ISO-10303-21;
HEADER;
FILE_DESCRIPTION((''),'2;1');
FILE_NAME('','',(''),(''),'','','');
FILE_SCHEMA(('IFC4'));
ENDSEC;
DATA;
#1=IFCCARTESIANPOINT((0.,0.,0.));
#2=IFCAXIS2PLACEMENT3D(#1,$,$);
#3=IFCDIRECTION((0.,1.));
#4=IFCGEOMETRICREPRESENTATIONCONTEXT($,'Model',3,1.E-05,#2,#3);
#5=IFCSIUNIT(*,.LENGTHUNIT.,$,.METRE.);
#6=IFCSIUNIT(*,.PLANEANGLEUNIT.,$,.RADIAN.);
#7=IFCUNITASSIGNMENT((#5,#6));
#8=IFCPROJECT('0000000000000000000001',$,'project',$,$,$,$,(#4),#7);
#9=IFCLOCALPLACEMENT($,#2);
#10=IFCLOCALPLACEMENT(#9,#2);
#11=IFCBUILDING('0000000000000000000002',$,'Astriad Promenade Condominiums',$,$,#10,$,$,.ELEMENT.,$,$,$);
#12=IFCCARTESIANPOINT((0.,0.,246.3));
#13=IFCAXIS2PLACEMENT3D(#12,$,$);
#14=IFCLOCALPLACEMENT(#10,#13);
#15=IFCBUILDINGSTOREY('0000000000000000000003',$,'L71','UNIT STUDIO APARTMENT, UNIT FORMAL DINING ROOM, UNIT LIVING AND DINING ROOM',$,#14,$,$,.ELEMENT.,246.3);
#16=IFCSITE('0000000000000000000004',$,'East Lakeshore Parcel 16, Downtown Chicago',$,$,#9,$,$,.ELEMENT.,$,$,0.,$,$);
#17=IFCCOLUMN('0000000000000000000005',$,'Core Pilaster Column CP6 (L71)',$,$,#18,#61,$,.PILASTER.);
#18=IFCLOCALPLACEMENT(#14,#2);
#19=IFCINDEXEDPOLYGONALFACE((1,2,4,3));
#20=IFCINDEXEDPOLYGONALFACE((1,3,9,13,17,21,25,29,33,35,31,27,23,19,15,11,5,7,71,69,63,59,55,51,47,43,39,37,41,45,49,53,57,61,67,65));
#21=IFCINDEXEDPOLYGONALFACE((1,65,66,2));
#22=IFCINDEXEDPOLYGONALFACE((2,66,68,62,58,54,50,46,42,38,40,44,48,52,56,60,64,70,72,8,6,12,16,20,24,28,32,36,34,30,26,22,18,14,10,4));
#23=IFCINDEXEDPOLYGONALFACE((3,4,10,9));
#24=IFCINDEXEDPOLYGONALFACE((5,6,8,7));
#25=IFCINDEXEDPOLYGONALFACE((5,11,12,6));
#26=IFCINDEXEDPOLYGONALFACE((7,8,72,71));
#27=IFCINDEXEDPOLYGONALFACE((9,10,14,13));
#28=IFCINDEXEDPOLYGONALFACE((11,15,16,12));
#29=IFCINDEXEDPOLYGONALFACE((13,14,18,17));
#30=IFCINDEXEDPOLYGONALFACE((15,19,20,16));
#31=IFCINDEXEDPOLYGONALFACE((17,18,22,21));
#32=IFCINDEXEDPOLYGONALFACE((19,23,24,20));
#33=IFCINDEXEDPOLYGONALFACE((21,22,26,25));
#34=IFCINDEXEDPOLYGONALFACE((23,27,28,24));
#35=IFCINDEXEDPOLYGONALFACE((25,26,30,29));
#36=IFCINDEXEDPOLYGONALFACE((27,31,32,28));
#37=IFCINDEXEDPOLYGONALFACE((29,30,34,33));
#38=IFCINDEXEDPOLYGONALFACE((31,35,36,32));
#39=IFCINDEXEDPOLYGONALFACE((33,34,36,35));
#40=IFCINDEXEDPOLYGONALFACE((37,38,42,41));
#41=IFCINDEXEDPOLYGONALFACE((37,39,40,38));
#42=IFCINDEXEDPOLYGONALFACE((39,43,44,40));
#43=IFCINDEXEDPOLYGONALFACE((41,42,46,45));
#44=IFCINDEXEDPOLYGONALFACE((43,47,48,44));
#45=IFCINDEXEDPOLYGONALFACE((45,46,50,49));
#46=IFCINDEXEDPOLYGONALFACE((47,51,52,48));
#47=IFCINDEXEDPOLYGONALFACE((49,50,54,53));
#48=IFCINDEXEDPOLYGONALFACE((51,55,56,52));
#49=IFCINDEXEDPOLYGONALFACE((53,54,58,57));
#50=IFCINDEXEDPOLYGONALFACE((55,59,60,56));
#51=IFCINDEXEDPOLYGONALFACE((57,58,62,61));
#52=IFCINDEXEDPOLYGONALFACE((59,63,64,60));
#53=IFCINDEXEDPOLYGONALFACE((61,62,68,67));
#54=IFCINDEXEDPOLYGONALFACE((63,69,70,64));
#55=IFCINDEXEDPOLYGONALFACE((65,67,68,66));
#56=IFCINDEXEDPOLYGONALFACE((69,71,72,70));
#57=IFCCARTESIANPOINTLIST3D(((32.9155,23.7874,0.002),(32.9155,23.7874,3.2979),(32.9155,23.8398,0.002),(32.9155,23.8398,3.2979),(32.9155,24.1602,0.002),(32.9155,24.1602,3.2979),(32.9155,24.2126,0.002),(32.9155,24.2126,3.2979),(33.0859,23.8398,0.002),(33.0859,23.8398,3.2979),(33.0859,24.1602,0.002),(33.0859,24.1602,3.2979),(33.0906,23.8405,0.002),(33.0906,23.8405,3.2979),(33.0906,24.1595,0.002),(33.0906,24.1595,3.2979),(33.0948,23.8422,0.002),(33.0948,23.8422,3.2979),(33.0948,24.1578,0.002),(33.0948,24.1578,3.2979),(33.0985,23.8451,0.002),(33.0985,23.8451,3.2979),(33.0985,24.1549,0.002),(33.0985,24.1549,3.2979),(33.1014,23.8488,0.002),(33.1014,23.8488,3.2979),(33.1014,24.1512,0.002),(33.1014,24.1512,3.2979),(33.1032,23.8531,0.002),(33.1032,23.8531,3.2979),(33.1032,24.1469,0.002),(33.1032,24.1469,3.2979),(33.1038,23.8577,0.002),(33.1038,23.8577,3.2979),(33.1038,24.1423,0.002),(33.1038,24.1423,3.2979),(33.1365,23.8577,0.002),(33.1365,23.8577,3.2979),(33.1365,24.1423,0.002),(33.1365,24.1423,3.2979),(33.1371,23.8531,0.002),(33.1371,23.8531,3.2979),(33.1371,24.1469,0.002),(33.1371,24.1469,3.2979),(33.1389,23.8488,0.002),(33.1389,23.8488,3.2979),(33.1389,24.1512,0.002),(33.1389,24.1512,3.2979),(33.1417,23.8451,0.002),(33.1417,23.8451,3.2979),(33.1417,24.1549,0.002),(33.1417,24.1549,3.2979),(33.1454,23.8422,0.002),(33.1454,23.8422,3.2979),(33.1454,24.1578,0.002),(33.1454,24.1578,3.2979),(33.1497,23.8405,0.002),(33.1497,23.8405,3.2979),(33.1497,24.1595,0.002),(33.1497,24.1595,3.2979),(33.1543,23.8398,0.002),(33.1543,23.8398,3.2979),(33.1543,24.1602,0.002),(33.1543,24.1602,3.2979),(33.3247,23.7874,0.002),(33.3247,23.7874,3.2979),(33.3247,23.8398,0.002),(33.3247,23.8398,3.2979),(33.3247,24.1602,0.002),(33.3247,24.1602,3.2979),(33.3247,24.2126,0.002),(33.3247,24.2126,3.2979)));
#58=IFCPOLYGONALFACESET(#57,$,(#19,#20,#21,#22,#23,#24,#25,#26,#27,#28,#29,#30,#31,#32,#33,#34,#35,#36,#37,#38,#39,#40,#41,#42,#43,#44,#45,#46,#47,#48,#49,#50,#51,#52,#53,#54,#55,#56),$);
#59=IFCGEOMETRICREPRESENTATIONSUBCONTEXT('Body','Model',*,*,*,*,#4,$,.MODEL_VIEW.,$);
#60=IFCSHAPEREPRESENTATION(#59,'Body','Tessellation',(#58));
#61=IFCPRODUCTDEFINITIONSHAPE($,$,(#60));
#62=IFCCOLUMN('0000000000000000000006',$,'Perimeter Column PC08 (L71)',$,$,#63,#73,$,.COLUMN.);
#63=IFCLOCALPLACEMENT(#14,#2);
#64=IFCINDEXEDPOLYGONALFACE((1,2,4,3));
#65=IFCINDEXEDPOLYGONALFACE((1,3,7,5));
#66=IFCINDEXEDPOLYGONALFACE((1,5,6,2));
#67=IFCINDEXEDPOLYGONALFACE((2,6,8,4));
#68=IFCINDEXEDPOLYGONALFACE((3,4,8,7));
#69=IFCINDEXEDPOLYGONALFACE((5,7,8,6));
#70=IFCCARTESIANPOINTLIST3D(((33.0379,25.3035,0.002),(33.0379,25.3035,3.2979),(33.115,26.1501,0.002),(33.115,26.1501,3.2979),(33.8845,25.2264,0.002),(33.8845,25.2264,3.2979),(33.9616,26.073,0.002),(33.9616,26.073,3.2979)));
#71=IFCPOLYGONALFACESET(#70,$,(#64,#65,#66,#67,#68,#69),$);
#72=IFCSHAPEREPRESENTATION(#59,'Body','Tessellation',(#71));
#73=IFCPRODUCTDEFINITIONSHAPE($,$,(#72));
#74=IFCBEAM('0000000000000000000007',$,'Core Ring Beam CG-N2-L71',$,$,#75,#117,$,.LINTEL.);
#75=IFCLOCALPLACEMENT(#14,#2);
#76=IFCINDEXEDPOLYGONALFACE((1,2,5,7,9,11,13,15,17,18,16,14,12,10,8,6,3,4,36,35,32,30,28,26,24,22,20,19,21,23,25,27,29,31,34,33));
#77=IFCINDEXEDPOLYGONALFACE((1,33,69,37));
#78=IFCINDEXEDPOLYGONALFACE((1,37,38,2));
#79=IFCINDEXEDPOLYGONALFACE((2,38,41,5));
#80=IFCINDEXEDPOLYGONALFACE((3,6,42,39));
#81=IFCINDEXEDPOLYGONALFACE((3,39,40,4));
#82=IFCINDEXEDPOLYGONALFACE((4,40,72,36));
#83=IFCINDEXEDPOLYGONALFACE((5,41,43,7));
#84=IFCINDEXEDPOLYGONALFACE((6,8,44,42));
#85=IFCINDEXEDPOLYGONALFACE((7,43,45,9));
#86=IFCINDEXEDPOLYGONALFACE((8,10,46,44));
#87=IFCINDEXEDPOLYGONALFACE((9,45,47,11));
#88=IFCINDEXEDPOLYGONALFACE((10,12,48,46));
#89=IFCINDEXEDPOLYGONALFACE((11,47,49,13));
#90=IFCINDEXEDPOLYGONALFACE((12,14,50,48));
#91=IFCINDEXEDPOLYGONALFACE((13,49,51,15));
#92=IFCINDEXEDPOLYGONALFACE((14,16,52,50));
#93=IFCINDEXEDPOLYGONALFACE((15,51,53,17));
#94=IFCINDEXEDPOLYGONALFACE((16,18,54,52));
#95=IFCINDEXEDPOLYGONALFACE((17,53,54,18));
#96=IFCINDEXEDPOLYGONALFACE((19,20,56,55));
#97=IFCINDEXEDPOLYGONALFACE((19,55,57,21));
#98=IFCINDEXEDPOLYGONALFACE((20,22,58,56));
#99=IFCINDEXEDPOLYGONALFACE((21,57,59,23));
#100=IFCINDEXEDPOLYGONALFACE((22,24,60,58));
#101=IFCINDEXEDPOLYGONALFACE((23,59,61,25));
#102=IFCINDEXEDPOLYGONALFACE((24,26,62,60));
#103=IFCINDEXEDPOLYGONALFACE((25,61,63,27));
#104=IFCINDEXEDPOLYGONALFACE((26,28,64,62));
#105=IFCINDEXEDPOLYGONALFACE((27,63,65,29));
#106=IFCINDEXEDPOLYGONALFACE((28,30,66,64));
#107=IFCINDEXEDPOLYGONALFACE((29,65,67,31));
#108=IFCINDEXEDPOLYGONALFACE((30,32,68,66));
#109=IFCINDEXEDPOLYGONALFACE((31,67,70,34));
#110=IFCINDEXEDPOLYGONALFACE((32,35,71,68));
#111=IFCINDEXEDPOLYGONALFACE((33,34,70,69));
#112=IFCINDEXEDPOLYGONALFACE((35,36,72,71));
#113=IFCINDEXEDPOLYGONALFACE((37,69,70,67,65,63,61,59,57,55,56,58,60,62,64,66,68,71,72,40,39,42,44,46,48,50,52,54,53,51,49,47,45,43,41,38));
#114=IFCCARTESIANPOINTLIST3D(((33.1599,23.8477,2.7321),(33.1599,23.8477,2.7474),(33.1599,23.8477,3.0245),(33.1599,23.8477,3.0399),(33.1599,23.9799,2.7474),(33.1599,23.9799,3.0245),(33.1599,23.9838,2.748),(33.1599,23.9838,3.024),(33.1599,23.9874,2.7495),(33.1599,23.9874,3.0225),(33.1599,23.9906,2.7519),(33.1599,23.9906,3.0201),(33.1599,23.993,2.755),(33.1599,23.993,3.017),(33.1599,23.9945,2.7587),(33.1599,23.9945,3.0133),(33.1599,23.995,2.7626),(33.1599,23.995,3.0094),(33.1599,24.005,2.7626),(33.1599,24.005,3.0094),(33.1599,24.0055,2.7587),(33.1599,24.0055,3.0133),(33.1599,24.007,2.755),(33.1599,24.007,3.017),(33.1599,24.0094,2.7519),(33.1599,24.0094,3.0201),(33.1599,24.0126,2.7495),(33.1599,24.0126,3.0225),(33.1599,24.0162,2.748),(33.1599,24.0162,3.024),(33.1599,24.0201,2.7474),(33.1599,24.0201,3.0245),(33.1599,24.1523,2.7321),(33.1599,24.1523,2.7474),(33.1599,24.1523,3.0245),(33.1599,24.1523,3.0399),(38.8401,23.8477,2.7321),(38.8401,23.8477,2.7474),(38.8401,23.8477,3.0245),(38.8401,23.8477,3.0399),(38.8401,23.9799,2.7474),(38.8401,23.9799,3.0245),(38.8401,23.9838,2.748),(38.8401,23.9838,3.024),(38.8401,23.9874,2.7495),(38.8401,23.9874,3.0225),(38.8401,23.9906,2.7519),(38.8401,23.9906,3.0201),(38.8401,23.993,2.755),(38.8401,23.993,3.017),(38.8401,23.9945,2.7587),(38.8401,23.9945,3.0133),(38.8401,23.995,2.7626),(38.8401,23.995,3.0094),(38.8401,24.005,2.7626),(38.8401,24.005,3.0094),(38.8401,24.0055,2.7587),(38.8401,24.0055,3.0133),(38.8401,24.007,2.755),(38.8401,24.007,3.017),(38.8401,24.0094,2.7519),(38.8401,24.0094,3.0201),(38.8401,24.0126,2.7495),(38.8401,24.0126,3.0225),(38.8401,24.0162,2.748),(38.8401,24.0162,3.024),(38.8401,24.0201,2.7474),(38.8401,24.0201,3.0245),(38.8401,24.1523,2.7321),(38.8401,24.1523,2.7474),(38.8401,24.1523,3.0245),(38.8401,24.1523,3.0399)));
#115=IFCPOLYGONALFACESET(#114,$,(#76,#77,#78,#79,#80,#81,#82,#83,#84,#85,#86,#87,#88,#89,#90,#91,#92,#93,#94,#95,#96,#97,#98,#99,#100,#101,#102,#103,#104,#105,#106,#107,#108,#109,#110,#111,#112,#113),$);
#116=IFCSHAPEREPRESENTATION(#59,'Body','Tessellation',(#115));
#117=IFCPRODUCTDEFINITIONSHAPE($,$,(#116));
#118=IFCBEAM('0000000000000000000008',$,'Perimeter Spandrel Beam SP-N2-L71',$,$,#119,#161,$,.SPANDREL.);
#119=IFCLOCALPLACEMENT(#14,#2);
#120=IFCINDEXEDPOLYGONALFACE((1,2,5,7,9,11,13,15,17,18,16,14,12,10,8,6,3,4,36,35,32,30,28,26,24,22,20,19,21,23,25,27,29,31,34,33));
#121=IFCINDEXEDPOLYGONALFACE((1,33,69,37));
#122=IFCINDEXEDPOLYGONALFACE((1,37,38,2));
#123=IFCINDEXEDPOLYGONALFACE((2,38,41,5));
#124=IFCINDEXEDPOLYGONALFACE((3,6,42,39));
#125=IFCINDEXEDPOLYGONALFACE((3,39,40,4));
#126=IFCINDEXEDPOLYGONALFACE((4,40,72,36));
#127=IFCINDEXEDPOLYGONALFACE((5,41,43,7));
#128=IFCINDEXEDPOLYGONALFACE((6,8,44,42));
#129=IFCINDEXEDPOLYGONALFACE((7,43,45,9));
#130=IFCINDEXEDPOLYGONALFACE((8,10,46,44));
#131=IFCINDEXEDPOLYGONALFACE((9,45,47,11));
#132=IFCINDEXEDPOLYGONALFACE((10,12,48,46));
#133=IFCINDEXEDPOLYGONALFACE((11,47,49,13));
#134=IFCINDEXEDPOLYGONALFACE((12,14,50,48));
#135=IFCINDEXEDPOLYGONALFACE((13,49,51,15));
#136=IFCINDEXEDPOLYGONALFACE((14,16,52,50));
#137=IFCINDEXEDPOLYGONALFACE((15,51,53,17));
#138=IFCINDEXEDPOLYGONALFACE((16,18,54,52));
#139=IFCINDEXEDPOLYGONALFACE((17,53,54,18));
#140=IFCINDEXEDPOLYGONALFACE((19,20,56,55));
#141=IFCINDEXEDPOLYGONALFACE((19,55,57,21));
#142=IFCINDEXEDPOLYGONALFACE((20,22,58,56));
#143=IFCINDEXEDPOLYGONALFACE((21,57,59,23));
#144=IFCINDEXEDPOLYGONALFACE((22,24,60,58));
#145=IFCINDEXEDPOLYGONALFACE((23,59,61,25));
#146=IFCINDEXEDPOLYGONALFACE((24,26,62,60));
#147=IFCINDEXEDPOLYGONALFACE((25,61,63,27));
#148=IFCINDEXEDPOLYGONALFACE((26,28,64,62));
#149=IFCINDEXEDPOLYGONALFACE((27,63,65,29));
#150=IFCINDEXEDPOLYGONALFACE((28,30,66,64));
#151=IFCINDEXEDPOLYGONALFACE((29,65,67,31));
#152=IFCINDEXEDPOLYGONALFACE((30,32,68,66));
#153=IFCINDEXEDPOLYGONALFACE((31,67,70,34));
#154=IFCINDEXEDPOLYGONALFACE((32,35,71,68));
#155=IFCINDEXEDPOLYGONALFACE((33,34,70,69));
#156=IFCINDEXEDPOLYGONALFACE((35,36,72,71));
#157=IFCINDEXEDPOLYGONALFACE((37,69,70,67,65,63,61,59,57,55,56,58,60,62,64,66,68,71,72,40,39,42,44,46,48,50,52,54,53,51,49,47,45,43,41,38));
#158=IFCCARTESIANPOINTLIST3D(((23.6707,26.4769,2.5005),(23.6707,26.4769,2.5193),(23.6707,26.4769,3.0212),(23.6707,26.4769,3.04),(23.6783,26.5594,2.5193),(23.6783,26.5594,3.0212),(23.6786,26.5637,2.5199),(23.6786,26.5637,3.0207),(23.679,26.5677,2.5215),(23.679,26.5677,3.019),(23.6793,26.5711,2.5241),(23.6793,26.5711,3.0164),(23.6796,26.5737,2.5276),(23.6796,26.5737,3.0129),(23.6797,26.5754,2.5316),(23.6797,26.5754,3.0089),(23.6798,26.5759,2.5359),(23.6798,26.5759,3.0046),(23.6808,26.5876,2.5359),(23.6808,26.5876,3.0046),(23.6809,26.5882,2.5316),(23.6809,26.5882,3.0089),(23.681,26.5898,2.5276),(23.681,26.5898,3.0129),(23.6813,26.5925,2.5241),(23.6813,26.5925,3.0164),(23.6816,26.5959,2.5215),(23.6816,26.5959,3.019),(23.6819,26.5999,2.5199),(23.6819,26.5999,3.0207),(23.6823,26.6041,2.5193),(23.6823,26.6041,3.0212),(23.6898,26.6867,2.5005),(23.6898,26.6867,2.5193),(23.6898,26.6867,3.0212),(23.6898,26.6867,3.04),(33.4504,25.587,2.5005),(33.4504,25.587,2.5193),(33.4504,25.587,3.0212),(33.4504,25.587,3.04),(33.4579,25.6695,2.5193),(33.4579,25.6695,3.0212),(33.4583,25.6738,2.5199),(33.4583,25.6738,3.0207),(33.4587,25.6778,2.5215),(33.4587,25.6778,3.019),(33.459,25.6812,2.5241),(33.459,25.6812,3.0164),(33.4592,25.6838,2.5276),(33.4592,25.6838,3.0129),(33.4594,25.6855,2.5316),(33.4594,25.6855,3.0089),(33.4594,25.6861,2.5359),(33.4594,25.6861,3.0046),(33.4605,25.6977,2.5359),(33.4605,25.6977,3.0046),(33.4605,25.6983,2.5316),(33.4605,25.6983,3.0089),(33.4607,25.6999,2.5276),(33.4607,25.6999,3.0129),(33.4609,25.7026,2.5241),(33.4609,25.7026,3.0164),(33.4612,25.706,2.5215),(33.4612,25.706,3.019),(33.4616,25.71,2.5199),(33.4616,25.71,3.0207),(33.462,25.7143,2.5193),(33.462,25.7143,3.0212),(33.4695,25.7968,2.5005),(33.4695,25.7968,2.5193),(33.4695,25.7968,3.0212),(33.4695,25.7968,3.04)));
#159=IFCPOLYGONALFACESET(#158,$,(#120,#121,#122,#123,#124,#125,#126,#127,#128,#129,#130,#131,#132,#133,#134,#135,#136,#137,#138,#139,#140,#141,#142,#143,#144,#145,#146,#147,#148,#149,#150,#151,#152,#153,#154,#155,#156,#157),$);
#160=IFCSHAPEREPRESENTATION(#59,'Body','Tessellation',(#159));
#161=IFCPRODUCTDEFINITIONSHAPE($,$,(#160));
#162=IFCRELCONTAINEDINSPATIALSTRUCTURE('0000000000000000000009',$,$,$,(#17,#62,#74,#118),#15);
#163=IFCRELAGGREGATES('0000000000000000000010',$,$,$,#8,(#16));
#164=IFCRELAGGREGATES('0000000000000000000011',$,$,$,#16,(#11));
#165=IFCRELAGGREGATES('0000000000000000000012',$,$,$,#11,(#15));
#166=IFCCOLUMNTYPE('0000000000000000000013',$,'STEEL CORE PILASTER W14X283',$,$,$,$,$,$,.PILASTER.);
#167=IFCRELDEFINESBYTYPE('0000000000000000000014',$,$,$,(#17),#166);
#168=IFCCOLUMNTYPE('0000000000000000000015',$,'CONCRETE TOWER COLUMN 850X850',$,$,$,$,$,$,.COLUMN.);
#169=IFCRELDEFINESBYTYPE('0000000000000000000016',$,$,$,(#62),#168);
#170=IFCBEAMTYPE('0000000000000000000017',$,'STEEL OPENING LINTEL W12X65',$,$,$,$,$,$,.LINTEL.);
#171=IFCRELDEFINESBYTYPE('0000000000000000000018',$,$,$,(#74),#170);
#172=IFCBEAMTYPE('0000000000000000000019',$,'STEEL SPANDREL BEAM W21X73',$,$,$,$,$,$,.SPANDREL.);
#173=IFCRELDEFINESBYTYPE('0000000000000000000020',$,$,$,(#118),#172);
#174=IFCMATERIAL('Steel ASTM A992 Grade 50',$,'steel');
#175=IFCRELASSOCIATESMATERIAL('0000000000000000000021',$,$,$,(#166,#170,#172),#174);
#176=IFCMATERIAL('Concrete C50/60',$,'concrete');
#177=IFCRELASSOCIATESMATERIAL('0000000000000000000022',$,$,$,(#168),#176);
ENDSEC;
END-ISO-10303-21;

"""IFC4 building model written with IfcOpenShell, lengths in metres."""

from ifc_helpers import new_model, si_unit, direction, frame, origin, origin_2d, place, context, subcontext, project, spatial, rectangle, i_section, extrude, source, transform, mapped, material, material_profile, profile_set, type_object, type_shapes, element, save


model = new_model("IFC4")

# Units and contexts
model_context = context("Model", 3, precision=1e-05, world=origin(), true_north=direction((0.0, 1.0)))
body_context = subcontext(model_context, "Body", "Model", "MODEL_VIEW")
ifc_project = project(units=[si_unit("LENGTHUNIT", "METRE"), si_unit("PLANEANGLEUNIT", "RADIAN")], contexts=[model_context])

# Site, building, storey
site_placement = place(None, origin())
site = spatial("IfcSite", under=ifc_project, at=site_placement, Name="East Lakeshore Parcel 16, Downtown Chicago", CompositionType="ELEMENT", RefElevation=0.0)
building_placement = place(site_placement, origin())
building = spatial("IfcBuilding", under=site, at=building_placement, Name="Astriad Promenade Condominiums", CompositionType="ELEMENT")
storey_placement = place(building_placement, frame((0.0, 0.0, 246.3)))
storey = spatial("IfcBuildingStorey", under=building, at=storey_placement, Name="L71", Description="UNIT STUDIO APARTMENT, UNIT FORMAL DINING ROOM, UNIT LIVING AND DINING ROOM", CompositionType="ELEMENT", Elevation=246.3)

# Columns
ifc_material_1 = material(Name="Steel ASTM A992 Grade 50", Category="steel")
ifc_material_profile_1 = material_profile(ifc_material_1, i_section(OverallWidth=0.4092, OverallDepth=0.4253, WebThickness=0.0327, FlangeThickness=0.0525, FilletRadius=0.0178, at=origin_2d()), Name="W14X283")
ifc_profile_set_1 = profile_set([ifc_material_profile_1], Name="Steel ASTM A992 Grade 50")
column_type_1 = type_object("IfcColumnType", Name="STEEL CORE PILASTER W14X283", PredefinedType="PILASTER", material=ifc_profile_set_1)
shared_shape_1 = source(origin(), body_context, "Body", "SweptSolid", [
    extrude(i_section(OverallWidth=0.4092, OverallDepth=0.4253, WebThickness=0.0327, FlangeThickness=0.0525, FilletRadius=0.0178, at=origin_2d()), origin(), (0.0, 0.0, 1.0), 3.2959),
])
type_shapes(column_type_1, [shared_shape_1])
column_1_placement = place(storey_placement, frame((33.1201, 24.0, 0.002), z_axis=(0.0, 0.0, 1.0), x_axis=(1.0, 0.0, 0.0)))
element("IfcColumn", 1, at=column_1_placement, inside=storey, type_object=column_type_1, Name="Core Pilaster Column CP6 (L71)", PredefinedType="PILASTER", context=body_context, shape_type="MappedRepresentation", body=[
    mapped(shared_shape_1, transform((0.0, 0.0, 0.0), scale=1.0)),
])
ifc_material_2 = material(Name="Concrete C50/60", Category="concrete")
ifc_material_profile_2 = material_profile(ifc_material_2, rectangle(XDim=0.8501, YDim=0.8501, at=origin_2d()), Name="RC-COL-850X850")
ifc_profile_set_2 = profile_set([ifc_material_profile_2], Name="Concrete C50/60")
column_type_2 = type_object("IfcColumnType", Name="CONCRETE TOWER COLUMN 850X850", PredefinedType="COLUMN", material=ifc_profile_set_2)
shared_shape_2 = source(origin(), body_context, "Body", "SweptSolid", [
    extrude(rectangle(XDim=0.8501, YDim=0.8501, at=origin_2d()), origin(), (0.0, 0.0, 1.0), 3.2959),
])
type_shapes(column_type_2, [shared_shape_2])
column_2_placement = place(storey_placement, frame((33.4998, 25.6882, 0.002), z_axis=(0.0, 0.0, 1.0), x_axis=(0.995884, -0.090633, 0.0)))
element("IfcColumn", 2, at=column_2_placement, inside=storey, type_object=column_type_2, Name="Perimeter Column PC08 (L71)", PredefinedType="COLUMN", context=body_context, shape_type="MappedRepresentation", body=[
    mapped(shared_shape_2, transform((0.0, 0.0, 0.0), scale=1.0)),
])

# Beams
ifc_material_profile_3 = material_profile(ifc_material_1, i_section(OverallWidth=0.3047, OverallDepth=0.3079, WebThickness=0.01, FlangeThickness=0.0154, FilletRadius=0.0151, at=origin_2d()), Name="W12X65")
ifc_profile_set_3 = profile_set([ifc_material_profile_3], Name="Steel ASTM A992 Grade 50")
beam_type_1 = type_object("IfcBeamType", Name="STEEL OPENING LINTEL W12X65", PredefinedType="LINTEL", material=ifc_profile_set_3)
shared_shape_3 = source(origin(), body_context, "Body", "SweptSolid", [
    extrude(i_section(OverallWidth=0.3047, OverallDepth=0.3079, WebThickness=0.01, FlangeThickness=0.0154, FilletRadius=0.0151, at=origin_2d()), origin(), (0.0, 0.0, 1.0), 5.6802),
])
type_shapes(beam_type_1, [shared_shape_3])
beam_1_placement = place(storey_placement, frame((33.1599, 24.0, 2.886), z_axis=(1.0, 0.0, 0.0), x_axis=(0.0, 1.0, 0.0)))
element("IfcBeam", 3, at=beam_1_placement, inside=storey, type_object=beam_type_1, Name="Core Ring Beam CG-N2-L71", PredefinedType="LINTEL", context=body_context, shape_type="MappedRepresentation", body=[
    mapped(shared_shape_3, transform((0.0, 0.0, 0.0), scale=1.0)),
])
ifc_material_profile_4 = material_profile(ifc_material_1, i_section(OverallWidth=0.2107, OverallDepth=0.5396, WebThickness=0.0117, FlangeThickness=0.0188, FilletRadius=0.0166, at=origin_2d()), Name="W21X73")
ifc_profile_set_4 = profile_set([ifc_material_profile_4], Name="Steel ASTM A992 Grade 50")
beam_type_2 = type_object("IfcBeamType", Name="STEEL SPANDREL BEAM W21X73", PredefinedType="SPANDREL", material=ifc_profile_set_4)
shared_shape_4 = source(origin(), body_context, "Body", "SweptSolid", [
    extrude(i_section(OverallWidth=0.2107, OverallDepth=0.5396, WebThickness=0.0117, FlangeThickness=0.0188, FilletRadius=0.0166, at=origin_2d()), origin(), (0.0, 0.0, 1.0), 9.8201),
])
type_shapes(beam_type_2, [shared_shape_4])
beam_2_placement = place(storey_placement, frame((33.46, 25.6919, 2.7703), z_axis=(-0.995886, 0.090619, 0.0), x_axis=(-0.090619, -0.995886, 0.0)))
element("IfcBeam", 4, at=beam_2_placement, inside=storey, type_object=beam_type_2, Name="Perimeter Spandrel Beam SP-N2-L71", PredefinedType="SPANDREL", context=body_context, shape_type="MappedRepresentation", body=[
    mapped(shared_shape_4, transform((0.0, 0.0, 0.0), scale=1.0)),
])

save(model, "model.ifc")
